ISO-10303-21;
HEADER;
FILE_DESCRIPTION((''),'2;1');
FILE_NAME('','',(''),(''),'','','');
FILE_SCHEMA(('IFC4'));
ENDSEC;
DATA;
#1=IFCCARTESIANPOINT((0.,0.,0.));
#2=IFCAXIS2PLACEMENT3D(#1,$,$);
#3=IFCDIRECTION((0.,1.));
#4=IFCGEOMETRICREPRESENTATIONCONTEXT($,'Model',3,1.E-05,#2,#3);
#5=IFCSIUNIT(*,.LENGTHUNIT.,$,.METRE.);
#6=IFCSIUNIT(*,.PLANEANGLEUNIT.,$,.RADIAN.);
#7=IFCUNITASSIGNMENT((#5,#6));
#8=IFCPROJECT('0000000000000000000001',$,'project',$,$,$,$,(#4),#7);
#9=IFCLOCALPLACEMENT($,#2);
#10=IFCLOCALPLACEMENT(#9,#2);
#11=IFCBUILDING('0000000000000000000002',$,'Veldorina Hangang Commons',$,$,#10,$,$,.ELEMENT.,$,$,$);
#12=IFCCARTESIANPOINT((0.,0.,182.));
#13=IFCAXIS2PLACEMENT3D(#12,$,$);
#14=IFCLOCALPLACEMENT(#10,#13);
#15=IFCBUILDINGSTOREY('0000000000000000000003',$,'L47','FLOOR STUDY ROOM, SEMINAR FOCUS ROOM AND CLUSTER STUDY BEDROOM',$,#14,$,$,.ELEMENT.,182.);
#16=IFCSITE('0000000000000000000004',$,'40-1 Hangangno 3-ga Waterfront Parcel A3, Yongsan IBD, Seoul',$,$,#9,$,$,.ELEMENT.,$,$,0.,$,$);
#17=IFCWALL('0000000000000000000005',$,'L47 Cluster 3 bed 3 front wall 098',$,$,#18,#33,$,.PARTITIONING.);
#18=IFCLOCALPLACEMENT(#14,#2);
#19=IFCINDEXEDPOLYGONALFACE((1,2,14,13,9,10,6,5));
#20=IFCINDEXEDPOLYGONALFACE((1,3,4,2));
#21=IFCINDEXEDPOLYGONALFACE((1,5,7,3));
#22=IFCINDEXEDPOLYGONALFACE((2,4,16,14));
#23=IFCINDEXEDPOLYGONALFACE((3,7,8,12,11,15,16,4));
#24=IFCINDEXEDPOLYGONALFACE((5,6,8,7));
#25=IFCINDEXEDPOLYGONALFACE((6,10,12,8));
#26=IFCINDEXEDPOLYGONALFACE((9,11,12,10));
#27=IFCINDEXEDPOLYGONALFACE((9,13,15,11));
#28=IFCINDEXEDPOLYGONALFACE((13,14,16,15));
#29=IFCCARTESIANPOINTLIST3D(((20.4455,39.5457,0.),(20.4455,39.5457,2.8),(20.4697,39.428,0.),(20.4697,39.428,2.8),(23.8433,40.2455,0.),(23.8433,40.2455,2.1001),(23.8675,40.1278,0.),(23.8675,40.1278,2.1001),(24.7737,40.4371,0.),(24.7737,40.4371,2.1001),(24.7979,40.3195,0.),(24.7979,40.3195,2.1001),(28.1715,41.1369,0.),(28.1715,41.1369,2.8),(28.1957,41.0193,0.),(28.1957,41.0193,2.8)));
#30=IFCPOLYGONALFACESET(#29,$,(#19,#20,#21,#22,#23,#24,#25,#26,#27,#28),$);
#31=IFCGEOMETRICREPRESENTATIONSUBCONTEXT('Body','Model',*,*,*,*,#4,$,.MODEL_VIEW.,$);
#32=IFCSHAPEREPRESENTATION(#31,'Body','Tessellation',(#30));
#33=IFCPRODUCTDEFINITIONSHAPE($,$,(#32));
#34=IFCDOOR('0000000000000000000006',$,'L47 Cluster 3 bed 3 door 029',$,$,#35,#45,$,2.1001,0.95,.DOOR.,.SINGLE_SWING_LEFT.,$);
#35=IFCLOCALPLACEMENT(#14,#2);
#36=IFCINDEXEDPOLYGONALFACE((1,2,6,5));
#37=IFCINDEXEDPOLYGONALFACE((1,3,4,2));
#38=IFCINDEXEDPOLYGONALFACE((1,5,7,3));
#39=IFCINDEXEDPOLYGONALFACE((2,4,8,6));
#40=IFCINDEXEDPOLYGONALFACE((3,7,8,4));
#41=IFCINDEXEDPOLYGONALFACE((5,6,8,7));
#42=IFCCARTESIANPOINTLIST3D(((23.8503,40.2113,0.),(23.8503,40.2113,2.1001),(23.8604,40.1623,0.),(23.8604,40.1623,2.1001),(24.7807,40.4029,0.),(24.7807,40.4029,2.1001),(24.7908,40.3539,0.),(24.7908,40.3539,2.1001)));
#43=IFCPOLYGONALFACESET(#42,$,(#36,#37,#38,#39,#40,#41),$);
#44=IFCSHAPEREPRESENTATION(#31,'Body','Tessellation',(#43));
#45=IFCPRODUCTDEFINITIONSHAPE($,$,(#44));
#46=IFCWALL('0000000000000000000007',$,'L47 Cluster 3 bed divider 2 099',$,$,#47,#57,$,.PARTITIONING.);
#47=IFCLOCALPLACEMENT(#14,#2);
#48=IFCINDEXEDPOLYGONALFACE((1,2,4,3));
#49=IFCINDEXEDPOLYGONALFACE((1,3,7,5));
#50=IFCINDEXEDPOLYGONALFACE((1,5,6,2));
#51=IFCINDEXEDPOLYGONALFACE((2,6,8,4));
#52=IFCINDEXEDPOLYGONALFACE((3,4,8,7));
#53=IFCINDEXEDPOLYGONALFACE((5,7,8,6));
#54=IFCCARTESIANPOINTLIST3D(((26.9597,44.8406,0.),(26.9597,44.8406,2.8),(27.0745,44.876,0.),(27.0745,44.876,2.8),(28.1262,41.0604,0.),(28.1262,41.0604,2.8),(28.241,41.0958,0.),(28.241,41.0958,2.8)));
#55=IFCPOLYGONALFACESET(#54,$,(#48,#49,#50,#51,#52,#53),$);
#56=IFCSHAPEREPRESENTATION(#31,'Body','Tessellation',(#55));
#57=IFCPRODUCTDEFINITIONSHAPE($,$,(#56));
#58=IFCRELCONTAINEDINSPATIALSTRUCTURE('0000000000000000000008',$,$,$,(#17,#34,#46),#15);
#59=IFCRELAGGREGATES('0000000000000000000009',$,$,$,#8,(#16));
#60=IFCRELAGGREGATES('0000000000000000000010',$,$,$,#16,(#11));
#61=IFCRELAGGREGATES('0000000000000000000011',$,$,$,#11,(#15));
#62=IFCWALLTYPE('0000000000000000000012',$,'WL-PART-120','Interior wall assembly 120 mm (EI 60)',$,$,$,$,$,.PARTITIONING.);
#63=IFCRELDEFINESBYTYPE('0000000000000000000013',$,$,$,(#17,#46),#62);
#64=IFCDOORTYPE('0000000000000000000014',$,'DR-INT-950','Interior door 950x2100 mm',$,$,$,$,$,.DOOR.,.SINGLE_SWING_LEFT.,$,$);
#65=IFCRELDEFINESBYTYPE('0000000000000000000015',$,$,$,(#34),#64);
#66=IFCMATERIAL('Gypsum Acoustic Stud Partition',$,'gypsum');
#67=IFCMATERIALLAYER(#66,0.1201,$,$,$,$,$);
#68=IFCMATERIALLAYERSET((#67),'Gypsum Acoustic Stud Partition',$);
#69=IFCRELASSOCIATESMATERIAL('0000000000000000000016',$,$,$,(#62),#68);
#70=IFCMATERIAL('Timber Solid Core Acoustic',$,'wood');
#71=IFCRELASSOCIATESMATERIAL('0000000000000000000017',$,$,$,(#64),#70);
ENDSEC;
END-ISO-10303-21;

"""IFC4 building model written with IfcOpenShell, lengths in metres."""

from ifc_helpers import new_model, si_unit, direction, frame, frame_2d, origin, place, context, subcontext, project, spatial, rectangle, extrude, material, layer, layer_set, type_object, element, fill, save


model = new_model("IFC4")

# Units and contexts
model_context = context("Model", 3, precision=1e-05, world=origin(), true_north=direction((0.0, 1.0)))
body_context = subcontext(model_context, "Body", "Model", "MODEL_VIEW")
ifc_project = project(units=[si_unit("LENGTHUNIT", "METRE"), si_unit("PLANEANGLEUNIT", "RADIAN")], contexts=[model_context])

# Site, building, storey
site_placement = place(None, origin())
site = spatial("IfcSite", under=ifc_project, at=site_placement, Name="40-1 Hangangno 3-ga Waterfront Parcel A3, Yongsan IBD, Seoul", CompositionType="ELEMENT", RefElevation=0.0)
building_placement = place(site_placement, origin())
building = spatial("IfcBuilding", under=site, at=building_placement, Name="Veldorina Hangang Commons", CompositionType="ELEMENT")
storey_placement = place(building_placement, frame((0.0, 0.0, 182.0)))
storey = spatial("IfcBuildingStorey", under=building, at=storey_placement, Name="L47", Description="FLOOR STUDY ROOM, SEMINAR FOCUS ROOM AND CLUSTER STUDY BEDROOM", CompositionType="ELEMENT", Elevation=182.0)

# Wall, opening, door
ifc_material_1 = material(Name="Gypsum Acoustic Stud Partition", Category="gypsum")
ifc_layer_1 = layer(ifc_material_1, 0.1201)
ifc_layer_set_1 = layer_set([ifc_layer_1], Name="Gypsum Acoustic Stud Partition")
wall_type_1 = type_object("IfcWallType", Name="WL-PART-120", Description="Interior wall assembly 120 mm (EI 60)", PredefinedType="PARTITIONING", material=ifc_layer_set_1)
wall_1_placement = place(storey_placement, frame((28.1836, 41.0781, 0.0), z_axis=(0.0, 0.0, 1.0), x_axis=(-0.979441, -0.201732, 0.0)))
wall_1 = element("IfcWall", 1, at=wall_1_placement, inside=storey, type_object=wall_type_1, Name="L47 Cluster 3 bed 3 front wall 098", PredefinedType="PARTITIONING", context=body_context, shape_type="SweptSolid", body=[
    extrude(rectangle(XDim=7.8882, YDim=0.1201, at=frame_2d((3.9441, 0.0))), origin(), (0.0, 0.0, 1.0), 2.8),
])
opening_1_placement = place(wall_1_placement, frame((3.469, 0.0, 0.0)))
opening_1 = element("IfcOpeningElement", 2, at=opening_1_placement, cuts=wall_1, PredefinedType="OPENING", context=body_context, shape_type="SweptSolid", body=[
    extrude(rectangle(XDim=0.95, YDim=2.1001, at=frame_2d((0.4751, 1.05))), frame((0.0, 0.0701, 0.0), z_axis=(0.0, -1.0, 0.0), x_axis=(1.0, 0.0, 0.0)), (0.0, 0.0, 1.0), 0.1401),
])
ifc_material_2 = material(Name="Timber Solid Core Acoustic", Category="wood")
door_type = type_object("IfcDoorType", Name="DR-INT-950", Description="Interior door 950x2100 mm", OperationType="SINGLE_SWING_LEFT", PredefinedType="DOOR", material=ifc_material_2)
door_placement = place(opening_1_placement, origin())
door = element("IfcDoor", 3, at=door_placement, inside=storey, type_object=door_type, Name="L47 Cluster 3 bed 3 door 029", OperationType="SINGLE_SWING_LEFT", OverallHeight=2.1001, OverallWidth=0.95, PredefinedType="DOOR", context=body_context, shape_type="SweptSolid", body=[
    extrude(rectangle(XDim=0.95, YDim=2.1001, at=frame_2d((0.4751, 1.05))), frame((0.0, 0.0249, 0.0), z_axis=(0.0, -1.0, 0.0), x_axis=(1.0, 0.0, 0.0)), (0.0, 0.0, 1.0), 0.05),
])
fill(opening_1, door)

# Wall
wall_2_placement = place(storey_placement, frame((28.1836, 41.0781, 0.0), z_axis=(0.0, 0.0, 1.0), x_axis=(-0.294858, 0.955541, 0.0)))
element("IfcWall", 4, at=wall_2_placement, inside=storey, type_object=wall_type_1, Name="L47 Cluster 3 bed divider 2 099", PredefinedType="PARTITIONING", context=body_context, shape_type="SweptSolid", body=[
    extrude(rectangle(XDim=3.9561, YDim=0.1201, at=frame_2d((1.978, 0.0))), origin(), (0.0, 0.0, 1.0), 2.8),
])

save(model, "model.ifc")
